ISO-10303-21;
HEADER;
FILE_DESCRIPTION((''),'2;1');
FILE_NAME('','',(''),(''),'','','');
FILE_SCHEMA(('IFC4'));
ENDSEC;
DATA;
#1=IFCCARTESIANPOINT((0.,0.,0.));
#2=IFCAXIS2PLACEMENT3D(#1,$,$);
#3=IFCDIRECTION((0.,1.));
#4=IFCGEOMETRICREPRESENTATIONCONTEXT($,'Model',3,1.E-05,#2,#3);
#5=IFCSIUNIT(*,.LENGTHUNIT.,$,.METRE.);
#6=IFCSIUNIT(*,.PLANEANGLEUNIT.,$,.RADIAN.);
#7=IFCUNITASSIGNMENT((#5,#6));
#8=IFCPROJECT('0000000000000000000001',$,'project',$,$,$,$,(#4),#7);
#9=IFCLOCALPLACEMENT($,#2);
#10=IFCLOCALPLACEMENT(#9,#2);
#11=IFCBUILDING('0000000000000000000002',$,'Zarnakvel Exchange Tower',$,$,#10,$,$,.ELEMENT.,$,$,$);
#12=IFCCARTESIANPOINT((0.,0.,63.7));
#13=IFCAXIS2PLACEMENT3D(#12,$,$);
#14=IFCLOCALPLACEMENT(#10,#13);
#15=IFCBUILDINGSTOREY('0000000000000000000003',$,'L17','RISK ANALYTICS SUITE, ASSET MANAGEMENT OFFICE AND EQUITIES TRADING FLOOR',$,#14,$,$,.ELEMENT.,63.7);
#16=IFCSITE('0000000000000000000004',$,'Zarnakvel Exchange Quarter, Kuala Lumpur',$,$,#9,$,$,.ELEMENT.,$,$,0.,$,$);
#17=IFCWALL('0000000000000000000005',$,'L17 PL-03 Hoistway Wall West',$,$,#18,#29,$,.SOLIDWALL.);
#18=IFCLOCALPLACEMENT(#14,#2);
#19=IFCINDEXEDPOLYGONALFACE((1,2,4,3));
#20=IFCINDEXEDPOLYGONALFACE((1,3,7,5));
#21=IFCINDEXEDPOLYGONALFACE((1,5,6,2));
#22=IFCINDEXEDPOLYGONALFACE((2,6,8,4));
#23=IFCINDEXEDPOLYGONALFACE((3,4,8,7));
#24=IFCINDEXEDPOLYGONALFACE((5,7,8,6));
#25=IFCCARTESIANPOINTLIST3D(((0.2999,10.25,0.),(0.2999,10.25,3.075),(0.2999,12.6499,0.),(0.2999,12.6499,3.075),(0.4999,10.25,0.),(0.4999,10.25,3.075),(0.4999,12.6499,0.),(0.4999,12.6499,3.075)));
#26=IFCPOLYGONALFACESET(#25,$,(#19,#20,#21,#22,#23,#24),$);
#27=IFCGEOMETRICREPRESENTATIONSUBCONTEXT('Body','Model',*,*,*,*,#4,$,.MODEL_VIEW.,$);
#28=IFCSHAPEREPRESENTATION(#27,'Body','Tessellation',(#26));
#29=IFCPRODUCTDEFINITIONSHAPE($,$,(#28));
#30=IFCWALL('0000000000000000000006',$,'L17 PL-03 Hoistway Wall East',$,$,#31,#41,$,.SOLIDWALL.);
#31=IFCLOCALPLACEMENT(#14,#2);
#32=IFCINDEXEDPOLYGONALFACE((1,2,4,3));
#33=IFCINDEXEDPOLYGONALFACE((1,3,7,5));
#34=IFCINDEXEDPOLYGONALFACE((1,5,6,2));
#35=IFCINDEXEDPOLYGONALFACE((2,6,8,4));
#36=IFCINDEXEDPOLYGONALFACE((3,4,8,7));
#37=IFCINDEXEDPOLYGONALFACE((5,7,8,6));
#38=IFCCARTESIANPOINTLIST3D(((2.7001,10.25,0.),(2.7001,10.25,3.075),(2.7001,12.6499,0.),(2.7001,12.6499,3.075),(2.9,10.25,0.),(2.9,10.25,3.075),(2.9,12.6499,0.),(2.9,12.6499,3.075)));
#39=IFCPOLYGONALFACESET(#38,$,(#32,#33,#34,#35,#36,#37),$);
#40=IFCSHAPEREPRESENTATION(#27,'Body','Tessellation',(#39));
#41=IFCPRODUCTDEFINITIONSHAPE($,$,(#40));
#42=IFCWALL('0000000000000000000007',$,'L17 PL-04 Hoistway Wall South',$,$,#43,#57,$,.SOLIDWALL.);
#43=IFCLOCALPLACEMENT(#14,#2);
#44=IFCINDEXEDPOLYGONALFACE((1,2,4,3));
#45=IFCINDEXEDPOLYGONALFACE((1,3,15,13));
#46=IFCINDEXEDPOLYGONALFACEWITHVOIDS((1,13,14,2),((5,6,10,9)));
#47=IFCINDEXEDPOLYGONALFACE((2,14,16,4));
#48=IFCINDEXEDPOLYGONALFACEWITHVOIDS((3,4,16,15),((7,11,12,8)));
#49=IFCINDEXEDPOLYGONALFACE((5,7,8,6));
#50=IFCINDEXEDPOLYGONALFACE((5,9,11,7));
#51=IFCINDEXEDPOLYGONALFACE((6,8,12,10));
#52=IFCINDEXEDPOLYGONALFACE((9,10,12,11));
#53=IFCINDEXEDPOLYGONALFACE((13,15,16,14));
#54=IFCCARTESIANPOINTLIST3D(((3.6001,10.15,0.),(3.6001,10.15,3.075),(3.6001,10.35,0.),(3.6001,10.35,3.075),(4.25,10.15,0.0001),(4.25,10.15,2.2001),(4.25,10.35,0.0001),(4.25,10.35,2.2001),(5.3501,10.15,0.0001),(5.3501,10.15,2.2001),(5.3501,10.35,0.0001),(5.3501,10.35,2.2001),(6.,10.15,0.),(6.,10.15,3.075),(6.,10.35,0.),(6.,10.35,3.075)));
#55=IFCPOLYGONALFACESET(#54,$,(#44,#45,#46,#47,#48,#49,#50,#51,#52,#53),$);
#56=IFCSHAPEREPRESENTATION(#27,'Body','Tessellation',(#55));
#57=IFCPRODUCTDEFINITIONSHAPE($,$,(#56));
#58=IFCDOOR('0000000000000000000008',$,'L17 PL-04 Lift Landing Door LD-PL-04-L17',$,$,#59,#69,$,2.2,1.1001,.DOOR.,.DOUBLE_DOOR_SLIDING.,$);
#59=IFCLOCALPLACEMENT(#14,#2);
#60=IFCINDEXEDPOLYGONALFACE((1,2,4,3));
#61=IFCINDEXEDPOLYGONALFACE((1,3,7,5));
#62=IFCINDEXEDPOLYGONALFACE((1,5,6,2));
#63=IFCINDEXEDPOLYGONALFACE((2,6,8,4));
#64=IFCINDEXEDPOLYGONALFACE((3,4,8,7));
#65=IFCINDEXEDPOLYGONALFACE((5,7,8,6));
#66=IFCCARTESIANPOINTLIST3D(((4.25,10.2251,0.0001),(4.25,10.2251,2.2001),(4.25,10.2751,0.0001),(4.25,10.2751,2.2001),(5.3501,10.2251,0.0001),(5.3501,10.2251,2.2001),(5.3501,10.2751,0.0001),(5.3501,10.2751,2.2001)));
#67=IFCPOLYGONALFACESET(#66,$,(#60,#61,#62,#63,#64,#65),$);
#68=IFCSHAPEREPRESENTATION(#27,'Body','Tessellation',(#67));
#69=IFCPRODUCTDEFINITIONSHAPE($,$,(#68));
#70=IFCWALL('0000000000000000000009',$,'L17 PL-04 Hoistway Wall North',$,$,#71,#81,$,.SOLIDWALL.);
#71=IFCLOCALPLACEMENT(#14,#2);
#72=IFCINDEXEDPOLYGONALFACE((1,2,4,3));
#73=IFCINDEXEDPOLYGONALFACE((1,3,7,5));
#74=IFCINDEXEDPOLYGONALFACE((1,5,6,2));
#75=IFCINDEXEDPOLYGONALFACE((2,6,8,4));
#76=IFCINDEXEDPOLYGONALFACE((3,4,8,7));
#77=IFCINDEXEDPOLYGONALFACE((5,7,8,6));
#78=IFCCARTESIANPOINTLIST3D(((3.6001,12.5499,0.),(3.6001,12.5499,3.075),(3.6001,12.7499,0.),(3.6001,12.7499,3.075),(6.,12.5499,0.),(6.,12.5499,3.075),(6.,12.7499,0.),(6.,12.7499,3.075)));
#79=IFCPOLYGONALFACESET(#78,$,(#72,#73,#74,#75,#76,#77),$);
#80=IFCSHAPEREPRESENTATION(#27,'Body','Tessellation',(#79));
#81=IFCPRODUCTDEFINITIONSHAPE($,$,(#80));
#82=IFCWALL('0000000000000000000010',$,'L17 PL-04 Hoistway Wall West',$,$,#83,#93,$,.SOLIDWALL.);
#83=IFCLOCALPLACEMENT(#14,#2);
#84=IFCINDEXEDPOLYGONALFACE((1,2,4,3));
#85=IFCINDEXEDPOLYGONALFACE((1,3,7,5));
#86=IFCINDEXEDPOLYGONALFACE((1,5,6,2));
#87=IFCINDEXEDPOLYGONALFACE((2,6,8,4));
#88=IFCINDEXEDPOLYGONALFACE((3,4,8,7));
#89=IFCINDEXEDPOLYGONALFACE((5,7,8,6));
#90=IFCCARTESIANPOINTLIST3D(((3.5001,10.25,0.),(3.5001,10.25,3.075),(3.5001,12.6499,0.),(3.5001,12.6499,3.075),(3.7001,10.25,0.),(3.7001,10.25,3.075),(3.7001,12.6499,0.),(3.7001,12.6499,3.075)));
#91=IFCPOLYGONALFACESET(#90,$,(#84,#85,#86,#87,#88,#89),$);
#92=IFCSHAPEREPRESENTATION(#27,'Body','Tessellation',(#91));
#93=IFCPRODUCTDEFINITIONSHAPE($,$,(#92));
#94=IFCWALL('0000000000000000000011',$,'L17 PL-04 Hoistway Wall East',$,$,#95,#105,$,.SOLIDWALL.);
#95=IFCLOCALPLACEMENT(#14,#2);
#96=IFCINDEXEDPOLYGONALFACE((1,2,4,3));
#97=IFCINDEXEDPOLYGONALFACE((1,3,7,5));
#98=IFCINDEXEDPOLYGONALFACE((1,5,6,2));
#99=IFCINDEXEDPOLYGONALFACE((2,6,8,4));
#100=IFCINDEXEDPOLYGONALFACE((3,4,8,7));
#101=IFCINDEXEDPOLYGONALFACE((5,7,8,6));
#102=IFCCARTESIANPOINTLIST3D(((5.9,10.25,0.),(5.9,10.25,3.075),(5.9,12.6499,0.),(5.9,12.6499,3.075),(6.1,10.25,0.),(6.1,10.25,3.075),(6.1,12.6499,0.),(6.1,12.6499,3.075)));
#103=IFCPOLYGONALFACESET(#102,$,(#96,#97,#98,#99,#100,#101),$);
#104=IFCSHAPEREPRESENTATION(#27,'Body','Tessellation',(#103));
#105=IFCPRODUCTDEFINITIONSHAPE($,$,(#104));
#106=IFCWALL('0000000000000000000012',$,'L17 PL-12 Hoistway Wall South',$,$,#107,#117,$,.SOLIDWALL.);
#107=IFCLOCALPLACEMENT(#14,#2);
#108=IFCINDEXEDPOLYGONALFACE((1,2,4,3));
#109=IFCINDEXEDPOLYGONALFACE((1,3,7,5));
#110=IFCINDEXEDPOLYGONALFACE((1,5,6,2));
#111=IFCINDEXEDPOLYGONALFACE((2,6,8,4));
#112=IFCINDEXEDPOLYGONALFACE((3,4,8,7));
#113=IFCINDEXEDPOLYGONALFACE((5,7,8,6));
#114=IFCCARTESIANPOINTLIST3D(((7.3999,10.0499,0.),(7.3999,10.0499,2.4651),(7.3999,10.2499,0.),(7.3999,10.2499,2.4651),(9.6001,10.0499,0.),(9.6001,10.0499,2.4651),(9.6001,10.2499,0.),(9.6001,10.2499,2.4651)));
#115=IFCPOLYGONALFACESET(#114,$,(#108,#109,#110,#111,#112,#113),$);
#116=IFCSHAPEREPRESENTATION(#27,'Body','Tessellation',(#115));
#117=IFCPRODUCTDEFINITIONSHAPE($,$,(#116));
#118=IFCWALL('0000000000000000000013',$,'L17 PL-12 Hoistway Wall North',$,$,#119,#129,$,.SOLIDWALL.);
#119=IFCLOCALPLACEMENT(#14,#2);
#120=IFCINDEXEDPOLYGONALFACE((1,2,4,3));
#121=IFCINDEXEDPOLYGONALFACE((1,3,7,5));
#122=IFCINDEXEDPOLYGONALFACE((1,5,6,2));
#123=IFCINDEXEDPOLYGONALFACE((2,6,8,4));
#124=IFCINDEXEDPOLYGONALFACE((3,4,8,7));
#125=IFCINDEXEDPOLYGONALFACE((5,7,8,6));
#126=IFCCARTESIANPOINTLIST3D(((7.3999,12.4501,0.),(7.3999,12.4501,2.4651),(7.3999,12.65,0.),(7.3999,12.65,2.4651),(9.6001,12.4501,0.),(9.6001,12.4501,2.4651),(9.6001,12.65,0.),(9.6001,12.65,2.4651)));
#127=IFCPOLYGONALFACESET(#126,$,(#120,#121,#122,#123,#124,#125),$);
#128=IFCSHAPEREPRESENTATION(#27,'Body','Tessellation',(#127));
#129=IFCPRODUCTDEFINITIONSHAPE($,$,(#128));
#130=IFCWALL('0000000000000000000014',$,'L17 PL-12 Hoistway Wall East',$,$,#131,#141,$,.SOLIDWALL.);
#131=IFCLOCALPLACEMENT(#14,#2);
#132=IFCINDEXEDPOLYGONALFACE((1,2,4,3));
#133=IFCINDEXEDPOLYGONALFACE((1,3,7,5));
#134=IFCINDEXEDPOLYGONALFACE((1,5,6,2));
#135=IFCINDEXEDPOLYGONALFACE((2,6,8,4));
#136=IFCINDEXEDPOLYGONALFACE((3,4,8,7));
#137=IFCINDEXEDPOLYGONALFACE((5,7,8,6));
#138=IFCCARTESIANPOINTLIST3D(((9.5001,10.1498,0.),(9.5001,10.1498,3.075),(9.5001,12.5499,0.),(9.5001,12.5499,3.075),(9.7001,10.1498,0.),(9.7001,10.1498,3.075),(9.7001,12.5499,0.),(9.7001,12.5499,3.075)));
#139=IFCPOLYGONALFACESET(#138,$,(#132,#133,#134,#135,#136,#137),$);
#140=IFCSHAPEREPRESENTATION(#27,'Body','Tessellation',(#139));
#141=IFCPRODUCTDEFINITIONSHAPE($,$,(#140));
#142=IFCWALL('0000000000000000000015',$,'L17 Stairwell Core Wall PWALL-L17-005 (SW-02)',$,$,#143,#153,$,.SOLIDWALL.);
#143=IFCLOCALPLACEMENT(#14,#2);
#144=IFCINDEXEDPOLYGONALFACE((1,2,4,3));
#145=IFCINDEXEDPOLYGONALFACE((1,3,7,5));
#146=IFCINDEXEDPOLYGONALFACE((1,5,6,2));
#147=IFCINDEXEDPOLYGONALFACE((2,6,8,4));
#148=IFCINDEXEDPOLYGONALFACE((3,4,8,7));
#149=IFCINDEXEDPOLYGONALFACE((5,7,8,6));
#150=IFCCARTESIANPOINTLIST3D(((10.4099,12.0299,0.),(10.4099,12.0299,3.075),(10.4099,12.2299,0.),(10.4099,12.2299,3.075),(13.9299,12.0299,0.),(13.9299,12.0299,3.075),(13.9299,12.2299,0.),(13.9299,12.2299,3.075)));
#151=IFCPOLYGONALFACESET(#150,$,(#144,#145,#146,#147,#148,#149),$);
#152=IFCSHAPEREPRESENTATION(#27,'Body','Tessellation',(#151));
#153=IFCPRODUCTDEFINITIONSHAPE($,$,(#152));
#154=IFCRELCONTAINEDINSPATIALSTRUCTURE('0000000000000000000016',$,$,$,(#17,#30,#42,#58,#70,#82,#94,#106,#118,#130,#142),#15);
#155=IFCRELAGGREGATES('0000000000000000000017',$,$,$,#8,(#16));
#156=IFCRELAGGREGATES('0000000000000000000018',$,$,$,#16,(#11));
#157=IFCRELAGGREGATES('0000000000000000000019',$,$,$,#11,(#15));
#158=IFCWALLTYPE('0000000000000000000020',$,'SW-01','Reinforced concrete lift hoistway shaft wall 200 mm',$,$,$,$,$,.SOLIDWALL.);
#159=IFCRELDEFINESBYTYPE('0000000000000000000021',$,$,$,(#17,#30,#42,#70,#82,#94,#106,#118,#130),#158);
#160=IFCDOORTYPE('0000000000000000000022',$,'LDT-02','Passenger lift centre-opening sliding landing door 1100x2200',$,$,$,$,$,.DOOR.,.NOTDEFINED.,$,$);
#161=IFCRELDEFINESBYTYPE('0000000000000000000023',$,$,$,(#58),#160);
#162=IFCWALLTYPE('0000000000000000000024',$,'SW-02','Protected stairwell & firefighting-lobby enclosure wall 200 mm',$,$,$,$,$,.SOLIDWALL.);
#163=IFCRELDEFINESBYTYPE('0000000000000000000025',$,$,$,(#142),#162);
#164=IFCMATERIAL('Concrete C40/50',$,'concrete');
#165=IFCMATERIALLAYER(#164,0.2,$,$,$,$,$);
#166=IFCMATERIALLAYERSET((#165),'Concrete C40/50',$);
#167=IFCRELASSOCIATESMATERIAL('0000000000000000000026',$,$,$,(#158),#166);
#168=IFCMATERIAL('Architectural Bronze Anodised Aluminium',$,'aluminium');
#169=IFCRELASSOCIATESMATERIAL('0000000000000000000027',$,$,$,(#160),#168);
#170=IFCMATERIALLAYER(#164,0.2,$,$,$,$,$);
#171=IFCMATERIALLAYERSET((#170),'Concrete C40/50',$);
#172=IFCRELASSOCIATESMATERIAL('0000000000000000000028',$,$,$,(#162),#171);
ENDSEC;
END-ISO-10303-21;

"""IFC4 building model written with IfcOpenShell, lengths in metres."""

from ifc_helpers import new_model, si_unit, direction, frame, frame_2d, origin, place, context, subcontext, project, spatial, rectangle, extrude, source, transform, mapped, material, layer, layer_set, type_object, element, fill, save


model = new_model("IFC4")

# Units and contexts
model_context = context("Model", 3, precision=1e-05, world=origin(), true_north=direction((0.0, 1.0)))
body_context = subcontext(model_context, "Body", "Model", "MODEL_VIEW")
ifc_project = project(units=[si_unit("LENGTHUNIT", "METRE"), si_unit("PLANEANGLEUNIT", "RADIAN")], contexts=[model_context])

# Site, building, storey
site_placement = place(None, origin())
site = spatial("IfcSite", under=ifc_project, at=site_placement, Name="Zarnakvel Exchange Quarter, Kuala Lumpur", CompositionType="ELEMENT", RefElevation=0.0)
building_placement = place(site_placement, origin())
building = spatial("IfcBuilding", under=site, at=building_placement, Name="Zarnakvel Exchange Tower", CompositionType="ELEMENT")
storey_placement = place(building_placement, frame((0.0, 0.0, 63.7)))
storey = spatial("IfcBuildingStorey", under=building, at=storey_placement, Name="L17", Description="RISK ANALYTICS SUITE, ASSET MANAGEMENT OFFICE AND EQUITIES TRADING FLOOR", CompositionType="ELEMENT", Elevation=63.7)

# Shared definitions
ifc_material_1 = material(Name="Architectural Bronze Anodised Aluminium", Category="aluminium")

# Shared definitions
ifc_material_2 = material(Name="Concrete C40/50", Category="concrete")
ifc_layer_1 = layer(ifc_material_2, 0.2)
ifc_layer_set_1 = layer_set([ifc_layer_1], Name="Concrete C40/50")
wall_type_1 = type_object("IfcWallType", Name="SW-01", Description="Reinforced concrete lift hoistway shaft wall 200 mm", PredefinedType="SOLIDWALL", material=ifc_layer_set_1)
door_type = type_object("IfcDoorType", Name="LDT-02", Description="Passenger lift centre-opening sliding landing door 1100x2200", OperationType="NOTDEFINED", PredefinedType="DOOR", material=ifc_material_1)
shared_shape_1 = source(origin(), body_context, "Body", "SweptSolid", [
    extrude(rectangle(XDim=1.1001, YDim=2.2, at=frame_2d((0.55, 1.1001))), frame((0.0, 0.0249, 0.0), z_axis=(0.0, -1.0, 0.0), x_axis=(1.0, 0.0, 0.0)), (0.0, 0.0, 1.0), 0.05),
])

# Walls
for number, where, z_axis, x_axis, name in (
    (1, (0.3999, 10.25, 0.0), (0.0, 0.0, 1.0), (0.0, 1.0, 0.0), "L17 PL-03 Hoistway Wall West"),
    (2, (2.8, 12.6499, 0.0), (0.0, 0.0, 1.0), (0.0, -1.0, 0.0), "L17 PL-03 Hoistway Wall East"),
):
    element("IfcWall", number, at=place(storey_placement, frame(where, z_axis=z_axis, x_axis=x_axis)), inside=storey, type_object=wall_type_1, Name=name, PredefinedType="SOLIDWALL", context=body_context, shape_type="SweptSolid", body=[
        extrude(rectangle(XDim=2.3999, YDim=0.2, at=frame_2d((1.2, 0.0))), origin(), (0.0, 0.0, 1.0), 3.075),
    ])

# Wall, opening, door
wall_1_placement = place(storey_placement, frame((6.0, 10.25, 0.0), z_axis=(0.0, 0.0, 1.0), x_axis=(-1.0, 0.0, 0.0)))
wall_1 = element("IfcWall", 3, at=wall_1_placement, inside=storey, type_object=wall_type_1, Name="L17 PL-04 Hoistway Wall South", PredefinedType="SOLIDWALL", context=body_context, shape_type="SweptSolid", body=[
    extrude(rectangle(XDim=2.3999, YDim=0.2, at=frame_2d((1.2, 0.0))), origin(), (0.0, 0.0, 1.0), 3.075),
])
opening_1_placement = place(wall_1_placement, frame((0.6499, 0.0, 0.0)))
opening_1 = element("IfcOpeningElement", 4, at=opening_1_placement, cuts=wall_1, PredefinedType="OPENING", context=body_context, shape_type="SweptSolid", body=[
    extrude(rectangle(XDim=1.1001, YDim=2.2, at=frame_2d((0.55, 1.1001))), frame((0.0, 0.1099, 0.0), z_axis=(0.0, -1.0, 0.0), x_axis=(1.0, 0.0, 0.0)), (0.0, 0.0, 1.0), 0.22),
])
door_1_placement = place(opening_1_placement, origin())
door_1 = element("IfcDoor", 5, at=door_1_placement, inside=storey, type_object=door_type, Name="L17 PL-04 Lift Landing Door LD-PL-04-L17", OperationType="DOUBLE_DOOR_SLIDING", OverallHeight=2.2, OverallWidth=1.1001, PredefinedType="DOOR", context=body_context, shape_type="MappedRepresentation", body=[
    mapped(shared_shape_1, transform((0.0, 0.0, 0.0), x_axis=(1.0, 0.0, 0.0), y_axis=(0.0, 1.0, 0.0), z_axis=(0.0, 0.0, 1.0), scale=1.0)),
])
fill(opening_1, door_1)

# Walls
for number, where, z_axis, x_axis, name in (
    (6, (3.6001, 12.6499, 0.0), (0.0, 0.0, 1.0), (1.0, 0.0, 0.0), "L17 PL-04 Hoistway Wall North"),
    (7, (3.6001, 10.25, 0.0), (0.0, 0.0, 1.0), (0.0, 1.0, 0.0), "L17 PL-04 Hoistway Wall West"),
    (8, (6.0, 12.6499, 0.0), (0.0, 0.0, 1.0), (0.0, -1.0, 0.0), "L17 PL-04 Hoistway Wall East"),
):
    element("IfcWall", number, at=place(storey_placement, frame(where, z_axis=z_axis, x_axis=x_axis)), inside=storey, type_object=wall_type_1, Name=name, PredefinedType="SOLIDWALL", context=body_context, shape_type="SweptSolid", body=[
        extrude(rectangle(XDim=2.3999, YDim=0.2, at=frame_2d((1.2, 0.0))), origin(), (0.0, 0.0, 1.0), 3.075),
    ])
for number, where, z_axis, x_axis, name in (
    (9, (9.6001, 10.1499, 0.0), (0.0, 0.0, 1.0), (-1.0, 0.0, 0.0), "L17 PL-12 Hoistway Wall South"),
    (10, (7.3999, 12.55, 0.0), (0.0, 0.0, 1.0), (1.0, 0.0, 0.0), "L17 PL-12 Hoistway Wall North"),
):
    element("IfcWall", number, at=place(storey_placement, frame(where, z_axis=z_axis, x_axis=x_axis)), inside=storey, type_object=wall_type_1, Name=name, PredefinedType="SOLIDWALL", context=body_context, shape_type="SweptSolid", body=[
        extrude(rectangle(XDim=2.2002, YDim=0.2, at=frame_2d((1.1001, 0.0))), origin(), (0.0, 0.0, 1.0), 2.4651),
    ])
wall_2_placement = place(storey_placement, frame((9.6001, 12.55, 0.0), z_axis=(0.0, 0.0, 1.0), x_axis=(0.0, -1.0, 0.0)))
element("IfcWall", 11, at=wall_2_placement, inside=storey, type_object=wall_type_1, Name="L17 PL-12 Hoistway Wall East", PredefinedType="SOLIDWALL", context=body_context, shape_type="SweptSolid", body=[
    extrude(rectangle(XDim=2.4001, YDim=0.2, at=frame_2d((1.2002, 0.0))), origin(), (0.0, 0.0, 1.0), 3.075),
])
ifc_layer_2 = layer(ifc_material_2, 0.2)
ifc_layer_set_2 = layer_set([ifc_layer_2], Name="Concrete C40/50")
wall_type_2 = type_object("IfcWallType", Name="SW-02", Description="Protected stairwell & firefighting-lobby enclosure wall 200 mm", PredefinedType="SOLIDWALL", material=ifc_layer_set_2)
wall_3_placement = place(storey_placement, frame((10.4099, 12.1299, 0.0), z_axis=(0.0, 0.0, 1.0), x_axis=(1.0, 0.0, 0.0)))
element("IfcWall", 12, at=wall_3_placement, inside=storey, type_object=wall_type_2, Name="L17 Stairwell Core Wall PWALL-L17-005 (SW-02)", PredefinedType="SOLIDWALL", context=body_context, shape_type="SweptSolid", body=[
    extrude(rectangle(XDim=3.52, YDim=0.2, at=frame_2d((1.76, 0.0))), origin(), (0.0, 0.0, 1.0), 3.075),
])

save(model, "model.ifc")
